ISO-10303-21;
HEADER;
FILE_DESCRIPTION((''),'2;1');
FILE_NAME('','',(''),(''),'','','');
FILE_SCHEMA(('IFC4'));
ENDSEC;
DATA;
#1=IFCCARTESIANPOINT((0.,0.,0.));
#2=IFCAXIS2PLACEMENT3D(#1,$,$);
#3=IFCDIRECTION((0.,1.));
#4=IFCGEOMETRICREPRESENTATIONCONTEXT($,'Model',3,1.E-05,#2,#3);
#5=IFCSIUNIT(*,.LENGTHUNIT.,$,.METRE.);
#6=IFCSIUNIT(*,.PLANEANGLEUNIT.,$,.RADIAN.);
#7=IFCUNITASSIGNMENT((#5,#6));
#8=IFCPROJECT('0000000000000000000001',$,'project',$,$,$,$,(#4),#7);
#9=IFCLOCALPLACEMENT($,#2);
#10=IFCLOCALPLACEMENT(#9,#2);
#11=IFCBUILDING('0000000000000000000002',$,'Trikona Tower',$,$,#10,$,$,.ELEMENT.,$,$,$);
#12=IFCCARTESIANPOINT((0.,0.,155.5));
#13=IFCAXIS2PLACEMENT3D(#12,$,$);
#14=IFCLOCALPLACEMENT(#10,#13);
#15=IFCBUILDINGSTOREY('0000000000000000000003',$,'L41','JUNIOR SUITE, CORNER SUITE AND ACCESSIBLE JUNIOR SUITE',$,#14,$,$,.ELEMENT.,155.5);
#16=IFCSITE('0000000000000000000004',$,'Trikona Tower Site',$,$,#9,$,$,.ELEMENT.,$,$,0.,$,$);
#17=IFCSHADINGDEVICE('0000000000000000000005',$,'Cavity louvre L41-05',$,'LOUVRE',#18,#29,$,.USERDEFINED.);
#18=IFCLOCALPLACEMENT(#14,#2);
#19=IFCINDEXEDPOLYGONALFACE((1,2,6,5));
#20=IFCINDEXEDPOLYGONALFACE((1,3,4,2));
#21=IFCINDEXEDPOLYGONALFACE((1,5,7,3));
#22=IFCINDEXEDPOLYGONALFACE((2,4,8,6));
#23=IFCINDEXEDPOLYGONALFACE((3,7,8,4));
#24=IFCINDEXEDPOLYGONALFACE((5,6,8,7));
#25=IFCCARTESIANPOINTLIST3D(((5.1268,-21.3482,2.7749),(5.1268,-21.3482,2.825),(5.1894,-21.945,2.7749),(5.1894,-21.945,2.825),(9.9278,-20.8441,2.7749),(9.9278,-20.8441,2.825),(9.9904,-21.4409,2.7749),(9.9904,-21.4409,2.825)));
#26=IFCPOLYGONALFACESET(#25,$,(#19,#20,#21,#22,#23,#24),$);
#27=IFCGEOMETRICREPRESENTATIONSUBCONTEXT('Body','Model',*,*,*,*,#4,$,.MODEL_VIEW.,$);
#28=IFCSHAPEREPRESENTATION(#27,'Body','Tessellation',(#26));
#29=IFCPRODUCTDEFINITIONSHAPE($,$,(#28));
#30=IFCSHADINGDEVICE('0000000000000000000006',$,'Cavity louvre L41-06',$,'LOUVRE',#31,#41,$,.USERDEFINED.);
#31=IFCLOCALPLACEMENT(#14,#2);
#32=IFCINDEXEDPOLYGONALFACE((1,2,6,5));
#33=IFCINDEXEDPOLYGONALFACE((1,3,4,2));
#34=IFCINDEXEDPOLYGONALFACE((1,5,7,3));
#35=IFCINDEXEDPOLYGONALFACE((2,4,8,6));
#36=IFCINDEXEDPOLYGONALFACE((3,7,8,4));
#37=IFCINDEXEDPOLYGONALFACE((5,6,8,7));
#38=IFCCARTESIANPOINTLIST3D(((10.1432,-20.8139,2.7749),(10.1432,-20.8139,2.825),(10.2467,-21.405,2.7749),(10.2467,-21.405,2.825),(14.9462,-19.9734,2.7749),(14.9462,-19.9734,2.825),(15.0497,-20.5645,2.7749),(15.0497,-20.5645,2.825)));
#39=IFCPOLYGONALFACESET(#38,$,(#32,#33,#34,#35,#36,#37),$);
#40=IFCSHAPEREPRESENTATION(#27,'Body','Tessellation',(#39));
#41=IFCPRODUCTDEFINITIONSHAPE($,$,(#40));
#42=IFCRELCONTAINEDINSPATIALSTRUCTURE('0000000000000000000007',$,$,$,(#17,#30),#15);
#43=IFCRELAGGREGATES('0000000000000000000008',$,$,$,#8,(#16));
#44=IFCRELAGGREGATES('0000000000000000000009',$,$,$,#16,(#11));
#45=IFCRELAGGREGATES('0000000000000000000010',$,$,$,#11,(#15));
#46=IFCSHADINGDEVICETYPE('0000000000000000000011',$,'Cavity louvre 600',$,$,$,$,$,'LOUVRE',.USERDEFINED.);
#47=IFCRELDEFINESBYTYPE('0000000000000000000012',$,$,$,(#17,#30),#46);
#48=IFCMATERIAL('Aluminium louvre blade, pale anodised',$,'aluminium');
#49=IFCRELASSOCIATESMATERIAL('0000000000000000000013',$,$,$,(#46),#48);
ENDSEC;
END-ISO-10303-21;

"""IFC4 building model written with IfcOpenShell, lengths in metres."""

from ifc_helpers import new_model, si_unit, direction, frame, origin, origin_2d, place, context, subcontext, project, spatial, rectangle, extrude, material, type_object, element, save


model = new_model("IFC4")

# Units and contexts
model_context = context("Model", 3, precision=1e-05, world=origin(), true_north=direction((0.0, 1.0)))
body_context = subcontext(model_context, "Body", "Model", "MODEL_VIEW")
ifc_project = project(units=[si_unit("LENGTHUNIT", "METRE"), si_unit("PLANEANGLEUNIT", "RADIAN")], contexts=[model_context])

# Site, building, storey
site_placement = place(None, origin())
site = spatial("IfcSite", under=ifc_project, at=site_placement, Name="Trikona Tower Site", CompositionType="ELEMENT", RefElevation=0.0)
building_placement = place(site_placement, origin())
building = spatial("IfcBuilding", under=site, at=building_placement, Name="Trikona Tower", CompositionType="ELEMENT")
storey_placement = place(building_placement, frame((0.0, 0.0, 155.5)))
storey = spatial("IfcBuildingStorey", under=building, at=storey_placement, Name="L41", Description="JUNIOR SUITE, CORNER SUITE AND ACCESSIBLE JUNIOR SUITE", CompositionType="ELEMENT", Elevation=155.5)

# Shading devices
ifc_material_1 = material(Name="Aluminium louvre blade, pale anodised", Category="aluminium")
shading_device_type = type_object("IfcShadingDeviceType", Name="Cavity louvre 600", ElementType="LOUVRE", PredefinedType="USERDEFINED", material=ifc_material_1)
shading_device_1_placement = place(storey_placement, frame((7.5586, -21.3945, 2.7749), z_axis=(0.0, 0.0, 1.0), x_axis=(0.994533, 0.104426, 0.0)))
element("IfcShadingDevice", 1, at=shading_device_1_placement, inside=storey, type_object=shading_device_type, Name="Cavity louvre L41-05", ObjectType="LOUVRE", PredefinedType="USERDEFINED", context=body_context, shape_type="SweptSolid", body=[
    extrude(rectangle(XDim=4.8274, YDim=0.6001, at=origin_2d()), origin(), (0.0, 0.0, 1.0), 0.05),
])
shading_device_2_placement = place(storey_placement, frame((12.5964, -20.6892, 2.7749), z_axis=(0.0, 0.0, 1.0), x_axis=(0.985031, 0.17238, 0.0)))
element("IfcShadingDevice", 2, at=shading_device_2_placement, inside=storey, type_object=shading_device_type, Name="Cavity louvre L41-06", ObjectType="LOUVRE", PredefinedType="USERDEFINED", context=body_context, shape_type="SweptSolid", body=[
    extrude(rectangle(XDim=4.876, YDim=0.6001, at=origin_2d()), origin(), (0.0, 0.0, 1.0), 0.05),
])

save(model, "model.ifc")
